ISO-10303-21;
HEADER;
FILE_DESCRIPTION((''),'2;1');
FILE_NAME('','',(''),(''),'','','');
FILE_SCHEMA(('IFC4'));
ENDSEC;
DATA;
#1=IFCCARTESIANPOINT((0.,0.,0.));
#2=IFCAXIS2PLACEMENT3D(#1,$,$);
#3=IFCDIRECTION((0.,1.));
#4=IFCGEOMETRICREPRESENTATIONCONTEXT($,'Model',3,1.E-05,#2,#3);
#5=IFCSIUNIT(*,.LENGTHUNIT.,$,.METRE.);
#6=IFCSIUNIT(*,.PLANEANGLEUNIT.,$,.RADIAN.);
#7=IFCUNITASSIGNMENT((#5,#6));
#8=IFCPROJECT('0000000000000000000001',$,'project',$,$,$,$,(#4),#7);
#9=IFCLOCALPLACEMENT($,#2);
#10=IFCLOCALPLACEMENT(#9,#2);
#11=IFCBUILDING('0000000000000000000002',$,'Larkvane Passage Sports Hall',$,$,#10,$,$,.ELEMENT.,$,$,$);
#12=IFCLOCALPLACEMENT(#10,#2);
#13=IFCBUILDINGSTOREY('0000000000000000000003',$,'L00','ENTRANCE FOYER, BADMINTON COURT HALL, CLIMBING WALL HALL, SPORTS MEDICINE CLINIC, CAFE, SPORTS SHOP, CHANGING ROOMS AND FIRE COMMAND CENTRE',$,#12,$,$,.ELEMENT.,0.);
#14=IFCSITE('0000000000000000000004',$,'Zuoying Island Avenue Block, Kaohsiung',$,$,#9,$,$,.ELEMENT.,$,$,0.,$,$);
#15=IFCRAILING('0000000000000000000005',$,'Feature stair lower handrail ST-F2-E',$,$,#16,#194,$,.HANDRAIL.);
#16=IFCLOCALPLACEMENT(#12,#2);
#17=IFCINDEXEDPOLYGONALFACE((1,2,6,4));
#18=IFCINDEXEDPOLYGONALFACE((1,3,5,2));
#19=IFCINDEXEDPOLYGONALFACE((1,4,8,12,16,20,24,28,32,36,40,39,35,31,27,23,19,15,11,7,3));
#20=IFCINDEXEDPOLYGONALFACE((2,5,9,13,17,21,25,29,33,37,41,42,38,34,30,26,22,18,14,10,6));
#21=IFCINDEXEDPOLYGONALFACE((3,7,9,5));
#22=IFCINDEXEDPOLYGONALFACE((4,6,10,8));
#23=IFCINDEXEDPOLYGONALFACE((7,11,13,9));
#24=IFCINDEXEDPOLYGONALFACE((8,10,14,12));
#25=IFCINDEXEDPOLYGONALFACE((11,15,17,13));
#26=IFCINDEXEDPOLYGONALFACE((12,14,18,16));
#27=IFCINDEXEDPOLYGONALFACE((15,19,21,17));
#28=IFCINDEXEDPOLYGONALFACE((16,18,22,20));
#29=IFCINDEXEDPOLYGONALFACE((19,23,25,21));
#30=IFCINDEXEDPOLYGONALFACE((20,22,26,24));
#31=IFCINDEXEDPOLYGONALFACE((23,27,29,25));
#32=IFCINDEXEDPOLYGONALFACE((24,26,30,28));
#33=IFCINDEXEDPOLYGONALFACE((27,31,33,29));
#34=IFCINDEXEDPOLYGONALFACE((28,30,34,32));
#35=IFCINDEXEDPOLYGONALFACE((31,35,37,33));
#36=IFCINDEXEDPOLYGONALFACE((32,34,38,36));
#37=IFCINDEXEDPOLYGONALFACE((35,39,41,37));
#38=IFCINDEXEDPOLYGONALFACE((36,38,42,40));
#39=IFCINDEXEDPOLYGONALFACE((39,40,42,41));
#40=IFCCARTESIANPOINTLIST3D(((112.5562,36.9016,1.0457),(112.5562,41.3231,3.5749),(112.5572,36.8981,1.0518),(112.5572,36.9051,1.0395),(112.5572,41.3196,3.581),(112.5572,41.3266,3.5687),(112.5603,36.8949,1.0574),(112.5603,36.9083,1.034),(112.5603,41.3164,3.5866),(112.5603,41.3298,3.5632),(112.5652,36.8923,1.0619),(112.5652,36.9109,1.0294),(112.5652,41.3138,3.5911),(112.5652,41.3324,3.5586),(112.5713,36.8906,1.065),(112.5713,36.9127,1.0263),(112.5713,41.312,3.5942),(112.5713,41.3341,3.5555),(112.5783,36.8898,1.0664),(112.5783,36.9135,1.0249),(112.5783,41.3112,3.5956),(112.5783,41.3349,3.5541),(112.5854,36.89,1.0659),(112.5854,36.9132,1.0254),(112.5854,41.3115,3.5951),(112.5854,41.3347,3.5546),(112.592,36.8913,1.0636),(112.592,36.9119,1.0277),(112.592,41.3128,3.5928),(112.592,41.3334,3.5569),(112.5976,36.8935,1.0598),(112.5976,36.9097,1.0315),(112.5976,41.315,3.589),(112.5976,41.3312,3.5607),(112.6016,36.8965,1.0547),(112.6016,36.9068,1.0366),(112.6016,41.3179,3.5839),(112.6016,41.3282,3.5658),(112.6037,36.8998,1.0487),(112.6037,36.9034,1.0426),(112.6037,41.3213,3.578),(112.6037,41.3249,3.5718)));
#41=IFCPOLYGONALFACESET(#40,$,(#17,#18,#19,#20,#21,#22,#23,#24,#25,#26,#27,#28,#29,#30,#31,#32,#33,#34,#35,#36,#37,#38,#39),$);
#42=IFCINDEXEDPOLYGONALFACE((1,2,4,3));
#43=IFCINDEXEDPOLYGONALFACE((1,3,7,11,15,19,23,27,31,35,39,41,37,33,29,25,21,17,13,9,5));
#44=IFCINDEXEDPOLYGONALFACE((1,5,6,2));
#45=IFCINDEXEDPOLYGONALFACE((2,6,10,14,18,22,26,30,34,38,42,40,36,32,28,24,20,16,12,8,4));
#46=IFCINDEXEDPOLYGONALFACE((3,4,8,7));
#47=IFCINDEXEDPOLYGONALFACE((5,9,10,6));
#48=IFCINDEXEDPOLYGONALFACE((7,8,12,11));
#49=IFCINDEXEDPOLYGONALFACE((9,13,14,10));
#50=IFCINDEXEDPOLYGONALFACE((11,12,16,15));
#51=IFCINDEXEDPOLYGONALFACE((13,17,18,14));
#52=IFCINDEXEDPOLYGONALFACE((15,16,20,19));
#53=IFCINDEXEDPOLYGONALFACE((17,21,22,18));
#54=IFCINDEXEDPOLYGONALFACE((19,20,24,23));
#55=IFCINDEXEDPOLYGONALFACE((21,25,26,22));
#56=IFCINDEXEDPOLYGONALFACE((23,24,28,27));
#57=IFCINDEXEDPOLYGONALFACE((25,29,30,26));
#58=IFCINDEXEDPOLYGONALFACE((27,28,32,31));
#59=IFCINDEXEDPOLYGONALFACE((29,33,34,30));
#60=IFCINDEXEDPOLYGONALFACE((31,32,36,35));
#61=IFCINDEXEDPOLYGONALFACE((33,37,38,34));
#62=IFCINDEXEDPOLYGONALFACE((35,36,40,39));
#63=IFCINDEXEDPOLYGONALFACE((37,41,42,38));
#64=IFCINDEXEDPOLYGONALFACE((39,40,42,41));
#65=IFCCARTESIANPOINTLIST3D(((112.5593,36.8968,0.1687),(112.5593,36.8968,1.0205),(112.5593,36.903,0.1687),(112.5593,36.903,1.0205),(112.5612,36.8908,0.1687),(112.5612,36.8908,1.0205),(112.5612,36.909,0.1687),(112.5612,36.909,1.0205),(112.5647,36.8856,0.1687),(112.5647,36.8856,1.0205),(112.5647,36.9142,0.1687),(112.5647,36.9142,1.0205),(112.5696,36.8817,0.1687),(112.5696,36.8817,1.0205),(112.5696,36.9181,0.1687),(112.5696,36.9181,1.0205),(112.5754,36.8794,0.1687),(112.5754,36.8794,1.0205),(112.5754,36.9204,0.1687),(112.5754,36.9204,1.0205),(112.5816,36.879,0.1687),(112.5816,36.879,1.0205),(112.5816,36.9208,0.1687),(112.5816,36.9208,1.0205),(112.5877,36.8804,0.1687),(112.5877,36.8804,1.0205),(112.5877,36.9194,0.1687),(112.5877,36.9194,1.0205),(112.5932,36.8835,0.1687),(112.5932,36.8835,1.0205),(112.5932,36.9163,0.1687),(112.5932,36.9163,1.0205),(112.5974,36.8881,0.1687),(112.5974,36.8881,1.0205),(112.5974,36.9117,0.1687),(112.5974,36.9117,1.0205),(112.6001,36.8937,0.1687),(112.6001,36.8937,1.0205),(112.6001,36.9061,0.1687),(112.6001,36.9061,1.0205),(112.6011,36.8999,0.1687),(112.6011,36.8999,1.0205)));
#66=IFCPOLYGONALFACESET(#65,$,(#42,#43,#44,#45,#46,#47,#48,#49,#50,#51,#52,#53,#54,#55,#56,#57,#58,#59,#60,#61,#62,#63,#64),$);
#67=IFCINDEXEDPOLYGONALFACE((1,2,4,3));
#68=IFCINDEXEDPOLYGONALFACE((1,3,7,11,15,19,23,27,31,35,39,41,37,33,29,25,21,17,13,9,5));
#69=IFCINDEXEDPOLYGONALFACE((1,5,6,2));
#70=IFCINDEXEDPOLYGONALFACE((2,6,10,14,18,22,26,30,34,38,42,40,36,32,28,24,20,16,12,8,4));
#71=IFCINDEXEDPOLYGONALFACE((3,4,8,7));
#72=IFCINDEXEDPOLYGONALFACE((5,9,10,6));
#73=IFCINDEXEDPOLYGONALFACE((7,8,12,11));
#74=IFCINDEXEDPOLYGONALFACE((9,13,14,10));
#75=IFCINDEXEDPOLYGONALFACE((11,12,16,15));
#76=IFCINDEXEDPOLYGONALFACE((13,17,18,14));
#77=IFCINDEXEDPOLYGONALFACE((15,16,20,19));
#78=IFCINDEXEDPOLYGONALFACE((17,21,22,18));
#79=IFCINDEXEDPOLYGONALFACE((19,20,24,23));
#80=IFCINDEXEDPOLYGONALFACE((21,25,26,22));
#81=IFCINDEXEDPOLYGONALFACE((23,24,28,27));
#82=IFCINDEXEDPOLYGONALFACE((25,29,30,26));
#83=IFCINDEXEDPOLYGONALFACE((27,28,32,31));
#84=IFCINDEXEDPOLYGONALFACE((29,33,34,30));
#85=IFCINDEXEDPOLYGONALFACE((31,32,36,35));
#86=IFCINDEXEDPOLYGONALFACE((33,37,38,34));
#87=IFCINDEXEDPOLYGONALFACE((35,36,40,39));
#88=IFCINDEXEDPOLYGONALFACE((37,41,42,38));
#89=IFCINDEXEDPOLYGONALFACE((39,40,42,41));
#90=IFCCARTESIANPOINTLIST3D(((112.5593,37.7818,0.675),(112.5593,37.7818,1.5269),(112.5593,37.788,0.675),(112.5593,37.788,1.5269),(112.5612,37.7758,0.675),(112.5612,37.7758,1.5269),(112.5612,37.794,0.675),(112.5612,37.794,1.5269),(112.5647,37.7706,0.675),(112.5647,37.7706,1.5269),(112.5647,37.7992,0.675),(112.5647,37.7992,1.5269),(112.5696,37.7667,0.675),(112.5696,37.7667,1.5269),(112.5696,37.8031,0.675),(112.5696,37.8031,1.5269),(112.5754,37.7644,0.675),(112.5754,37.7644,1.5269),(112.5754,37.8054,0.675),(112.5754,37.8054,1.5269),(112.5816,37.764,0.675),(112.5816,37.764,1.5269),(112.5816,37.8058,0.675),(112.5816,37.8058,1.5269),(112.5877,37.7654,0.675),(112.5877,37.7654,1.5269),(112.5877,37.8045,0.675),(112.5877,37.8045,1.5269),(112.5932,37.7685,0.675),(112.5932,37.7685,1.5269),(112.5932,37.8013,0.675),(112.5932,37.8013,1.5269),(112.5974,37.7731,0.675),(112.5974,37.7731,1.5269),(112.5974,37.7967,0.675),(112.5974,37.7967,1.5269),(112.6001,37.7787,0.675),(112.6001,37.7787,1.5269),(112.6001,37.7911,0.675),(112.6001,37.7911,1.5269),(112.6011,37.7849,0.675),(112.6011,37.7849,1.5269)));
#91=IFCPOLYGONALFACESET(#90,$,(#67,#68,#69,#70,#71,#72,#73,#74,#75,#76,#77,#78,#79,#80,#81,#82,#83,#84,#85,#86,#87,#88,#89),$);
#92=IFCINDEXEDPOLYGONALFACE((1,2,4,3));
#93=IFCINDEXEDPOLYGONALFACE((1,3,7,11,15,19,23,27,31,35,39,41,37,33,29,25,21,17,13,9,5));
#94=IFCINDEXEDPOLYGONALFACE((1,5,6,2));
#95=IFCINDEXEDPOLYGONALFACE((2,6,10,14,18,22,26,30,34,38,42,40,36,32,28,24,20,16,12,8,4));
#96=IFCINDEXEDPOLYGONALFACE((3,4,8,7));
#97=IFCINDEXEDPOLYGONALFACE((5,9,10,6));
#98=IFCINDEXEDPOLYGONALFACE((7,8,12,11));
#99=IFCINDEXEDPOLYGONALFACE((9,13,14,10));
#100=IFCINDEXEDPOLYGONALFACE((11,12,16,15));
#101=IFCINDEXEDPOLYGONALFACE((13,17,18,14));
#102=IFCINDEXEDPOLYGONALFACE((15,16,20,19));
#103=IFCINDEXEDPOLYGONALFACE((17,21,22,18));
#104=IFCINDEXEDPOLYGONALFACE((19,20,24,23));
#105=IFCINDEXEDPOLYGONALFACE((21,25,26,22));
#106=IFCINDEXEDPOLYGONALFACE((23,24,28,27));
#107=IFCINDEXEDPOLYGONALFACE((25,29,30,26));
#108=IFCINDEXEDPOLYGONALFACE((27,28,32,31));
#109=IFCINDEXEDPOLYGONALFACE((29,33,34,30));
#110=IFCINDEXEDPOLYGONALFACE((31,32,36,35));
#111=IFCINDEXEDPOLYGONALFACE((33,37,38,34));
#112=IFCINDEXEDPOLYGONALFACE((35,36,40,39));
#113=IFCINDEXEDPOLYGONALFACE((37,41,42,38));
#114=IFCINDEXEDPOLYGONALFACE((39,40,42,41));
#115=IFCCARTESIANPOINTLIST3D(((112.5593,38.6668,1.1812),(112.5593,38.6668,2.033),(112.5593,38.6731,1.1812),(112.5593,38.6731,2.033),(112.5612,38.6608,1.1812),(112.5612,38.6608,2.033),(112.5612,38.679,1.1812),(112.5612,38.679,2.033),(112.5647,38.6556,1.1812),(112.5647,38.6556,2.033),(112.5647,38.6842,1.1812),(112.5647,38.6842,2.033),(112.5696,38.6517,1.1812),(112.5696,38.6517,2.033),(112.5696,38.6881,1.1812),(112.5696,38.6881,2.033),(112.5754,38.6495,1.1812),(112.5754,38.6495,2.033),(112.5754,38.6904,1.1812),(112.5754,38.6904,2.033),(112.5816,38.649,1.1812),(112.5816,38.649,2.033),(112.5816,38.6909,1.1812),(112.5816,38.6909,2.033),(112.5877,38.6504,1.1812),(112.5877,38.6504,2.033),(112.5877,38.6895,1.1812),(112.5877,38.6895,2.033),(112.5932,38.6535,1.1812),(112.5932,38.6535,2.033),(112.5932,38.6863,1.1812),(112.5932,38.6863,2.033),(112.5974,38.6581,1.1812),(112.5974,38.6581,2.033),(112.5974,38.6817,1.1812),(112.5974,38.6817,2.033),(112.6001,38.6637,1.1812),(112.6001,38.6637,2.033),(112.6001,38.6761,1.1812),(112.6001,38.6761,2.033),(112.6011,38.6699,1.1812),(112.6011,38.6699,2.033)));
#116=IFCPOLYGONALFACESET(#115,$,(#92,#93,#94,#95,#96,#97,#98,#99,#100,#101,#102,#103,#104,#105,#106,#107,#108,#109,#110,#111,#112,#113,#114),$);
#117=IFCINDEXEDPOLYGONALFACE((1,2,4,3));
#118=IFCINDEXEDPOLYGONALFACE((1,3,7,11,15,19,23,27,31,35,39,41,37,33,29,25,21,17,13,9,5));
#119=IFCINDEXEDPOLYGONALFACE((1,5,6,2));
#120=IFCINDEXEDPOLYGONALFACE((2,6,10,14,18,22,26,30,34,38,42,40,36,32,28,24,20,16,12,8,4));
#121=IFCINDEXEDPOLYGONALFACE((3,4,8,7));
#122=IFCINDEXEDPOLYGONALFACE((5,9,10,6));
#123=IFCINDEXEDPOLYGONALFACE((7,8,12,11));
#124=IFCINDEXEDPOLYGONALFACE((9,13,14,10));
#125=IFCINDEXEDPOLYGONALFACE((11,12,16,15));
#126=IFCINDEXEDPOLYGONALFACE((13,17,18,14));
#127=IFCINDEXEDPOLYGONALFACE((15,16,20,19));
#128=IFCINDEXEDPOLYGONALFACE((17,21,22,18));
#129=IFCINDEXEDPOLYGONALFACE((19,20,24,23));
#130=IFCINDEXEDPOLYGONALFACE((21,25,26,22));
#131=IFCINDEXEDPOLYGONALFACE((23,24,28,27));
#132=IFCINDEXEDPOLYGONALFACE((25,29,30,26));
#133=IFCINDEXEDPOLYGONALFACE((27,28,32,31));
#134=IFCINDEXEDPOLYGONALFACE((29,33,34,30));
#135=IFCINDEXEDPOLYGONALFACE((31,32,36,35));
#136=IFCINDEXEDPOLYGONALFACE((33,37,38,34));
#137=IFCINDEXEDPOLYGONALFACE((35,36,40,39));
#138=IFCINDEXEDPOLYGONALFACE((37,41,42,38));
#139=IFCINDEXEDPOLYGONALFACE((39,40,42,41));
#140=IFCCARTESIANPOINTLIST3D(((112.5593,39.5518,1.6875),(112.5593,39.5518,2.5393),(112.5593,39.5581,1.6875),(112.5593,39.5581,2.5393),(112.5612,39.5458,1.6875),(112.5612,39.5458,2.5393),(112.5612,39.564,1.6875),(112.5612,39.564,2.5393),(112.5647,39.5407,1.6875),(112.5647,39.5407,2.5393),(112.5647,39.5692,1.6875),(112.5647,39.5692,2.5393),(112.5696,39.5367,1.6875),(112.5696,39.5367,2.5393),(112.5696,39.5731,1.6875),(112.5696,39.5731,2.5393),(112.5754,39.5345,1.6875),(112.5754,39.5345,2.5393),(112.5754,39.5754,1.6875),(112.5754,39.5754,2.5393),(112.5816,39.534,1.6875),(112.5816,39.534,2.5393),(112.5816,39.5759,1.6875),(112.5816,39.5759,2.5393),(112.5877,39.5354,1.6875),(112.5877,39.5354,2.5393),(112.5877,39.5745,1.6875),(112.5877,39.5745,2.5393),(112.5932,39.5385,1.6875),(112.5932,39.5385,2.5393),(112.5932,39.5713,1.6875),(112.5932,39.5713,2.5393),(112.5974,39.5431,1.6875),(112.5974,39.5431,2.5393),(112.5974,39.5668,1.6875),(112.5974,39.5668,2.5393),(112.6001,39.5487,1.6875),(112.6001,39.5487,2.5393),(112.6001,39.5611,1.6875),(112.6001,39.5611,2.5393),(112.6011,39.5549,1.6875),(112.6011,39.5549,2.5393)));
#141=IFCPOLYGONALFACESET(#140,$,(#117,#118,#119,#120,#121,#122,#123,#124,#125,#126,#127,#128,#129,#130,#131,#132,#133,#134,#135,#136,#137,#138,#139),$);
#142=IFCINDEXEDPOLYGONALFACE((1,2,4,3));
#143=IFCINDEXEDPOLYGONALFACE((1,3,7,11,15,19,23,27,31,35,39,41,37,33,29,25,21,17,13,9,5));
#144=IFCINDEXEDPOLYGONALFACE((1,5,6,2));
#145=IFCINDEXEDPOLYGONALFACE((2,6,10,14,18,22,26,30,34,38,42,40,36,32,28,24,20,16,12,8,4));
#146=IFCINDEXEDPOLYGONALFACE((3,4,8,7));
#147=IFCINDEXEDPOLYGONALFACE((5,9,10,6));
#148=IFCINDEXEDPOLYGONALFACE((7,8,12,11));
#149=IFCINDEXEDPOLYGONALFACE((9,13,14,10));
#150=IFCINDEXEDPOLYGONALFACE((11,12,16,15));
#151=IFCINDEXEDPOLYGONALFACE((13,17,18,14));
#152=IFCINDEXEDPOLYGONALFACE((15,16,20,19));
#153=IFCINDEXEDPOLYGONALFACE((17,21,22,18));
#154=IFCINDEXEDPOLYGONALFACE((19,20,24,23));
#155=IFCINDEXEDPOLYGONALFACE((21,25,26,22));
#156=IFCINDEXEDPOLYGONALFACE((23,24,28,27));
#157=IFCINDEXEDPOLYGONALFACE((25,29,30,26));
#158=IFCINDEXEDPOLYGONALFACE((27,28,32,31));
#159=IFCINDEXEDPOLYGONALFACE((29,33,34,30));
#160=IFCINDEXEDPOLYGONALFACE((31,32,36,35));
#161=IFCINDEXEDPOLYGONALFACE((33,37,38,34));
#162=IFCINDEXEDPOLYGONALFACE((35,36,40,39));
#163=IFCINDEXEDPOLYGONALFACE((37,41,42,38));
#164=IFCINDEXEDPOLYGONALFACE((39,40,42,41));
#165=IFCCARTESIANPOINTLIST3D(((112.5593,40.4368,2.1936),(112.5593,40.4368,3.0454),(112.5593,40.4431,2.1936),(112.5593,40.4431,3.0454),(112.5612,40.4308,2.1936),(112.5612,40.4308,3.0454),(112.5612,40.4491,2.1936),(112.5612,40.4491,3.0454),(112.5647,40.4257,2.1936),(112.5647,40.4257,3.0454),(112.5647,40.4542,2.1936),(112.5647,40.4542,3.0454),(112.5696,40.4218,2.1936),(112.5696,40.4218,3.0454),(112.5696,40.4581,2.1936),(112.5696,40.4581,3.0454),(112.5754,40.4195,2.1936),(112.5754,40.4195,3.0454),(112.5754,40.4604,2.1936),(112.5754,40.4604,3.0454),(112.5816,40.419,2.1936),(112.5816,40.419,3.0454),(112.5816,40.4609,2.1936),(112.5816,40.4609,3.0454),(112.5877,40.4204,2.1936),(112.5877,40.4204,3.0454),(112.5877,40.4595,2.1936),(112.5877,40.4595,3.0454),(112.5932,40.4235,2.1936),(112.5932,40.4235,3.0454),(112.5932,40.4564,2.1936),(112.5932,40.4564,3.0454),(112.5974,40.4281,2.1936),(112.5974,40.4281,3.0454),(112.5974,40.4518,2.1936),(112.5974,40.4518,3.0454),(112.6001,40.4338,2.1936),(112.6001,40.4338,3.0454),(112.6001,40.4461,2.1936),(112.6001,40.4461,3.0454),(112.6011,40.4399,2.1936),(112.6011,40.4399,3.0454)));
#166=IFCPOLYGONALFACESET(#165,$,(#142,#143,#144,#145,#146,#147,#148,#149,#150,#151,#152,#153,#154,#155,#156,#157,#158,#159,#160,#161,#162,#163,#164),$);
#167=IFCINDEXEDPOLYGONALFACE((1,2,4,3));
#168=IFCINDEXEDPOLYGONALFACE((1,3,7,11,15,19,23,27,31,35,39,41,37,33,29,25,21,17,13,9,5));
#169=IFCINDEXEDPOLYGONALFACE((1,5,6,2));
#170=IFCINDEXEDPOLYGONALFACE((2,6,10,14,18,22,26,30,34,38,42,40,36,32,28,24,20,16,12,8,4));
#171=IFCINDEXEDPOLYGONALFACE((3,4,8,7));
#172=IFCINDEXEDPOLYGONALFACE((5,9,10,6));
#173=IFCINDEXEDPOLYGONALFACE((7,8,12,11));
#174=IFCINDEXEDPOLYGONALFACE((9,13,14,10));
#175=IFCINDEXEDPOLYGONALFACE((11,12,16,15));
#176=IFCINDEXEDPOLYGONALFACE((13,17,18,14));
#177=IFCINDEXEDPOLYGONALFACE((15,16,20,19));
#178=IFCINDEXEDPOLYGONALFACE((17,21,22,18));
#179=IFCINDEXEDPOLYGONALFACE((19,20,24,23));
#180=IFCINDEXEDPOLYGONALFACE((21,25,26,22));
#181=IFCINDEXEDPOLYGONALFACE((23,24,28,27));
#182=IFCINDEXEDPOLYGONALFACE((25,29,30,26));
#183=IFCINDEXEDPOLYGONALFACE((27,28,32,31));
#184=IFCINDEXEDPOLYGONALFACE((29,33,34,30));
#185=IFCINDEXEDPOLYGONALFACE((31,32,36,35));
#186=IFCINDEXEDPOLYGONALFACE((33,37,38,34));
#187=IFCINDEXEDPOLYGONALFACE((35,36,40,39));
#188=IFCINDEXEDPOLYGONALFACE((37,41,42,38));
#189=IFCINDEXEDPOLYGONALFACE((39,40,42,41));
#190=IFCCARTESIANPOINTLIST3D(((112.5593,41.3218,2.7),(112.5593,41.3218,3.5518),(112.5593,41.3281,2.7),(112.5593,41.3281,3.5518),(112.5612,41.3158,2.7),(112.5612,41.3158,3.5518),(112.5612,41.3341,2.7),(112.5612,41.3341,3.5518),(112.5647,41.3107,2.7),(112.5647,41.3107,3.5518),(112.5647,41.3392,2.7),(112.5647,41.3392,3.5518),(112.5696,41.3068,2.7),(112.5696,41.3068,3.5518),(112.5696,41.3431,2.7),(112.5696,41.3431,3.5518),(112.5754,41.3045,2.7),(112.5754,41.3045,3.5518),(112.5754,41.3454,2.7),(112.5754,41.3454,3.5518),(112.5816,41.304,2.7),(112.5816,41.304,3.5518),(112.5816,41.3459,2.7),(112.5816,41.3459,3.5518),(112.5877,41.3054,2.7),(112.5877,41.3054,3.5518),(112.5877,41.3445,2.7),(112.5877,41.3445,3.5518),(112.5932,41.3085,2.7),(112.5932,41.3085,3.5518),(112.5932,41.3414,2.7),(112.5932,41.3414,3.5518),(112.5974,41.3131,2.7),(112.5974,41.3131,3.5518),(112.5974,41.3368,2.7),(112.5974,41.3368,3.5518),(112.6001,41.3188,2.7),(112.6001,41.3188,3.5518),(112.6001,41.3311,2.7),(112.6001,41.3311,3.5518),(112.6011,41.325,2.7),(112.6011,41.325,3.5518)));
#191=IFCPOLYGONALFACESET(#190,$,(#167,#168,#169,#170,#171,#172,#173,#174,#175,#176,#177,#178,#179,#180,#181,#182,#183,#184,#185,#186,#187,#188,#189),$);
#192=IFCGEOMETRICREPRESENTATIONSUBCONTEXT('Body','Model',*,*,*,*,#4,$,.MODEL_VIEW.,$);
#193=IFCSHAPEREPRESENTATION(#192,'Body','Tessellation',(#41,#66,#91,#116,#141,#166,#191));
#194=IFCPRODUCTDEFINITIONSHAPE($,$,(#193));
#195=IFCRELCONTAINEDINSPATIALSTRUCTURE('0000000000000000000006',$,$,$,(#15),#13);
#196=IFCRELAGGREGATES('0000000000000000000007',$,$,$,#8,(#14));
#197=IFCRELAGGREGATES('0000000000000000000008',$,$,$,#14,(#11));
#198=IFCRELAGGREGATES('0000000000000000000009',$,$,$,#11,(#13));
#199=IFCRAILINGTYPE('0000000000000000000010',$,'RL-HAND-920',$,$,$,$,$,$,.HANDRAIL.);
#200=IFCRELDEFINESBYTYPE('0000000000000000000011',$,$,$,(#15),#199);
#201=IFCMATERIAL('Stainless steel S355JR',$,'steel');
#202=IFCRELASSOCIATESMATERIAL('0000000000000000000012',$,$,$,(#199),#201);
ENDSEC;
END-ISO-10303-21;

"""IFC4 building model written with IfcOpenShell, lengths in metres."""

from ifc_helpers import new_model, si_unit, direction, frame, origin, origin_2d, place, context, subcontext, project, spatial, circle, extrude, material, type_object, element, save


model = new_model("IFC4")

# Units and contexts
model_context = context("Model", 3, precision=1e-05, world=origin(), true_north=direction((0.0, 1.0)))
body_context = subcontext(model_context, "Body", "Model", "MODEL_VIEW")
ifc_project = project(units=[si_unit("LENGTHUNIT", "METRE"), si_unit("PLANEANGLEUNIT", "RADIAN")], contexts=[model_context])

# Site, building, storey
site_placement = place(None, origin())
site = spatial("IfcSite", under=ifc_project, at=site_placement, Name="Zuoying Island Avenue Block, Kaohsiung", CompositionType="ELEMENT", RefElevation=0.0)
building_placement = place(site_placement, origin())
building = spatial("IfcBuilding", under=site, at=building_placement, Name="Larkvane Passage Sports Hall", CompositionType="ELEMENT")
storey_placement = place(building_placement, origin())
storey = spatial("IfcBuildingStorey", under=building, at=storey_placement, Name="L00", Description="ENTRANCE FOYER, BADMINTON COURT HALL, CLIMBING WALL HALL, SPORTS MEDICINE CLINIC, CAFE, SPORTS SHOP, CHANGING ROOMS AND FIRE COMMAND CENTRE", CompositionType="ELEMENT", Elevation=0.0)

# Railing
ifc_material_1 = material(Name="Stainless steel S355JR", Category="steel")
railing_type_1 = type_object("IfcRailingType", Name="RL-HAND-920", PredefinedType="HANDRAIL", material=ifc_material_1)
for number, where, name in (
    (1, (112.5801, 36.8999, 0.1687), "Feature stair lower handrail ST-F2-E"),
):
    element("IfcRailing", number, at=place(storey_placement, frame(where)), inside=storey, type_object=railing_type_1, Name=name, PredefinedType="HANDRAIL", context=body_context, shape_type="SweptSolid", body=[
        extrude(circle(Radius=0.0239, at=origin_2d()), frame((0.0, 0.0017, 0.877), z_axis=(0.0, 0.868019, 0.496531), x_axis=(-1.0, 0.0, 0.0)), (0.0, 0.0, 1.0), 5.0938),
        extrude(circle(Radius=0.021, at=origin_2d()), origin(), (0.0, 0.0, 1.0), 0.8518),
        extrude(circle(Radius=0.021, at=origin_2d()), frame((0.0, 0.885, 0.5063)), (0.0, 0.0, 1.0), 0.8518),
        extrude(circle(Radius=0.021, at=origin_2d()), frame((0.0, 1.77, 1.0125)), (0.0, 0.0, 1.0), 0.8518),
        extrude(circle(Radius=0.021, at=origin_2d()), frame((0.0, 2.655, 1.5188)), (0.0, 0.0, 1.0), 0.8518),
        extrude(circle(Radius=0.021, at=origin_2d()), frame((0.0, 3.54, 2.0249)), (0.0, 0.0, 1.0), 0.8518),
        extrude(circle(Radius=0.021, at=origin_2d()), frame((0.0, 4.425, 2.5312)), (0.0, 0.0, 1.0), 0.8518),
    ])

save(model, "model.ifc")
